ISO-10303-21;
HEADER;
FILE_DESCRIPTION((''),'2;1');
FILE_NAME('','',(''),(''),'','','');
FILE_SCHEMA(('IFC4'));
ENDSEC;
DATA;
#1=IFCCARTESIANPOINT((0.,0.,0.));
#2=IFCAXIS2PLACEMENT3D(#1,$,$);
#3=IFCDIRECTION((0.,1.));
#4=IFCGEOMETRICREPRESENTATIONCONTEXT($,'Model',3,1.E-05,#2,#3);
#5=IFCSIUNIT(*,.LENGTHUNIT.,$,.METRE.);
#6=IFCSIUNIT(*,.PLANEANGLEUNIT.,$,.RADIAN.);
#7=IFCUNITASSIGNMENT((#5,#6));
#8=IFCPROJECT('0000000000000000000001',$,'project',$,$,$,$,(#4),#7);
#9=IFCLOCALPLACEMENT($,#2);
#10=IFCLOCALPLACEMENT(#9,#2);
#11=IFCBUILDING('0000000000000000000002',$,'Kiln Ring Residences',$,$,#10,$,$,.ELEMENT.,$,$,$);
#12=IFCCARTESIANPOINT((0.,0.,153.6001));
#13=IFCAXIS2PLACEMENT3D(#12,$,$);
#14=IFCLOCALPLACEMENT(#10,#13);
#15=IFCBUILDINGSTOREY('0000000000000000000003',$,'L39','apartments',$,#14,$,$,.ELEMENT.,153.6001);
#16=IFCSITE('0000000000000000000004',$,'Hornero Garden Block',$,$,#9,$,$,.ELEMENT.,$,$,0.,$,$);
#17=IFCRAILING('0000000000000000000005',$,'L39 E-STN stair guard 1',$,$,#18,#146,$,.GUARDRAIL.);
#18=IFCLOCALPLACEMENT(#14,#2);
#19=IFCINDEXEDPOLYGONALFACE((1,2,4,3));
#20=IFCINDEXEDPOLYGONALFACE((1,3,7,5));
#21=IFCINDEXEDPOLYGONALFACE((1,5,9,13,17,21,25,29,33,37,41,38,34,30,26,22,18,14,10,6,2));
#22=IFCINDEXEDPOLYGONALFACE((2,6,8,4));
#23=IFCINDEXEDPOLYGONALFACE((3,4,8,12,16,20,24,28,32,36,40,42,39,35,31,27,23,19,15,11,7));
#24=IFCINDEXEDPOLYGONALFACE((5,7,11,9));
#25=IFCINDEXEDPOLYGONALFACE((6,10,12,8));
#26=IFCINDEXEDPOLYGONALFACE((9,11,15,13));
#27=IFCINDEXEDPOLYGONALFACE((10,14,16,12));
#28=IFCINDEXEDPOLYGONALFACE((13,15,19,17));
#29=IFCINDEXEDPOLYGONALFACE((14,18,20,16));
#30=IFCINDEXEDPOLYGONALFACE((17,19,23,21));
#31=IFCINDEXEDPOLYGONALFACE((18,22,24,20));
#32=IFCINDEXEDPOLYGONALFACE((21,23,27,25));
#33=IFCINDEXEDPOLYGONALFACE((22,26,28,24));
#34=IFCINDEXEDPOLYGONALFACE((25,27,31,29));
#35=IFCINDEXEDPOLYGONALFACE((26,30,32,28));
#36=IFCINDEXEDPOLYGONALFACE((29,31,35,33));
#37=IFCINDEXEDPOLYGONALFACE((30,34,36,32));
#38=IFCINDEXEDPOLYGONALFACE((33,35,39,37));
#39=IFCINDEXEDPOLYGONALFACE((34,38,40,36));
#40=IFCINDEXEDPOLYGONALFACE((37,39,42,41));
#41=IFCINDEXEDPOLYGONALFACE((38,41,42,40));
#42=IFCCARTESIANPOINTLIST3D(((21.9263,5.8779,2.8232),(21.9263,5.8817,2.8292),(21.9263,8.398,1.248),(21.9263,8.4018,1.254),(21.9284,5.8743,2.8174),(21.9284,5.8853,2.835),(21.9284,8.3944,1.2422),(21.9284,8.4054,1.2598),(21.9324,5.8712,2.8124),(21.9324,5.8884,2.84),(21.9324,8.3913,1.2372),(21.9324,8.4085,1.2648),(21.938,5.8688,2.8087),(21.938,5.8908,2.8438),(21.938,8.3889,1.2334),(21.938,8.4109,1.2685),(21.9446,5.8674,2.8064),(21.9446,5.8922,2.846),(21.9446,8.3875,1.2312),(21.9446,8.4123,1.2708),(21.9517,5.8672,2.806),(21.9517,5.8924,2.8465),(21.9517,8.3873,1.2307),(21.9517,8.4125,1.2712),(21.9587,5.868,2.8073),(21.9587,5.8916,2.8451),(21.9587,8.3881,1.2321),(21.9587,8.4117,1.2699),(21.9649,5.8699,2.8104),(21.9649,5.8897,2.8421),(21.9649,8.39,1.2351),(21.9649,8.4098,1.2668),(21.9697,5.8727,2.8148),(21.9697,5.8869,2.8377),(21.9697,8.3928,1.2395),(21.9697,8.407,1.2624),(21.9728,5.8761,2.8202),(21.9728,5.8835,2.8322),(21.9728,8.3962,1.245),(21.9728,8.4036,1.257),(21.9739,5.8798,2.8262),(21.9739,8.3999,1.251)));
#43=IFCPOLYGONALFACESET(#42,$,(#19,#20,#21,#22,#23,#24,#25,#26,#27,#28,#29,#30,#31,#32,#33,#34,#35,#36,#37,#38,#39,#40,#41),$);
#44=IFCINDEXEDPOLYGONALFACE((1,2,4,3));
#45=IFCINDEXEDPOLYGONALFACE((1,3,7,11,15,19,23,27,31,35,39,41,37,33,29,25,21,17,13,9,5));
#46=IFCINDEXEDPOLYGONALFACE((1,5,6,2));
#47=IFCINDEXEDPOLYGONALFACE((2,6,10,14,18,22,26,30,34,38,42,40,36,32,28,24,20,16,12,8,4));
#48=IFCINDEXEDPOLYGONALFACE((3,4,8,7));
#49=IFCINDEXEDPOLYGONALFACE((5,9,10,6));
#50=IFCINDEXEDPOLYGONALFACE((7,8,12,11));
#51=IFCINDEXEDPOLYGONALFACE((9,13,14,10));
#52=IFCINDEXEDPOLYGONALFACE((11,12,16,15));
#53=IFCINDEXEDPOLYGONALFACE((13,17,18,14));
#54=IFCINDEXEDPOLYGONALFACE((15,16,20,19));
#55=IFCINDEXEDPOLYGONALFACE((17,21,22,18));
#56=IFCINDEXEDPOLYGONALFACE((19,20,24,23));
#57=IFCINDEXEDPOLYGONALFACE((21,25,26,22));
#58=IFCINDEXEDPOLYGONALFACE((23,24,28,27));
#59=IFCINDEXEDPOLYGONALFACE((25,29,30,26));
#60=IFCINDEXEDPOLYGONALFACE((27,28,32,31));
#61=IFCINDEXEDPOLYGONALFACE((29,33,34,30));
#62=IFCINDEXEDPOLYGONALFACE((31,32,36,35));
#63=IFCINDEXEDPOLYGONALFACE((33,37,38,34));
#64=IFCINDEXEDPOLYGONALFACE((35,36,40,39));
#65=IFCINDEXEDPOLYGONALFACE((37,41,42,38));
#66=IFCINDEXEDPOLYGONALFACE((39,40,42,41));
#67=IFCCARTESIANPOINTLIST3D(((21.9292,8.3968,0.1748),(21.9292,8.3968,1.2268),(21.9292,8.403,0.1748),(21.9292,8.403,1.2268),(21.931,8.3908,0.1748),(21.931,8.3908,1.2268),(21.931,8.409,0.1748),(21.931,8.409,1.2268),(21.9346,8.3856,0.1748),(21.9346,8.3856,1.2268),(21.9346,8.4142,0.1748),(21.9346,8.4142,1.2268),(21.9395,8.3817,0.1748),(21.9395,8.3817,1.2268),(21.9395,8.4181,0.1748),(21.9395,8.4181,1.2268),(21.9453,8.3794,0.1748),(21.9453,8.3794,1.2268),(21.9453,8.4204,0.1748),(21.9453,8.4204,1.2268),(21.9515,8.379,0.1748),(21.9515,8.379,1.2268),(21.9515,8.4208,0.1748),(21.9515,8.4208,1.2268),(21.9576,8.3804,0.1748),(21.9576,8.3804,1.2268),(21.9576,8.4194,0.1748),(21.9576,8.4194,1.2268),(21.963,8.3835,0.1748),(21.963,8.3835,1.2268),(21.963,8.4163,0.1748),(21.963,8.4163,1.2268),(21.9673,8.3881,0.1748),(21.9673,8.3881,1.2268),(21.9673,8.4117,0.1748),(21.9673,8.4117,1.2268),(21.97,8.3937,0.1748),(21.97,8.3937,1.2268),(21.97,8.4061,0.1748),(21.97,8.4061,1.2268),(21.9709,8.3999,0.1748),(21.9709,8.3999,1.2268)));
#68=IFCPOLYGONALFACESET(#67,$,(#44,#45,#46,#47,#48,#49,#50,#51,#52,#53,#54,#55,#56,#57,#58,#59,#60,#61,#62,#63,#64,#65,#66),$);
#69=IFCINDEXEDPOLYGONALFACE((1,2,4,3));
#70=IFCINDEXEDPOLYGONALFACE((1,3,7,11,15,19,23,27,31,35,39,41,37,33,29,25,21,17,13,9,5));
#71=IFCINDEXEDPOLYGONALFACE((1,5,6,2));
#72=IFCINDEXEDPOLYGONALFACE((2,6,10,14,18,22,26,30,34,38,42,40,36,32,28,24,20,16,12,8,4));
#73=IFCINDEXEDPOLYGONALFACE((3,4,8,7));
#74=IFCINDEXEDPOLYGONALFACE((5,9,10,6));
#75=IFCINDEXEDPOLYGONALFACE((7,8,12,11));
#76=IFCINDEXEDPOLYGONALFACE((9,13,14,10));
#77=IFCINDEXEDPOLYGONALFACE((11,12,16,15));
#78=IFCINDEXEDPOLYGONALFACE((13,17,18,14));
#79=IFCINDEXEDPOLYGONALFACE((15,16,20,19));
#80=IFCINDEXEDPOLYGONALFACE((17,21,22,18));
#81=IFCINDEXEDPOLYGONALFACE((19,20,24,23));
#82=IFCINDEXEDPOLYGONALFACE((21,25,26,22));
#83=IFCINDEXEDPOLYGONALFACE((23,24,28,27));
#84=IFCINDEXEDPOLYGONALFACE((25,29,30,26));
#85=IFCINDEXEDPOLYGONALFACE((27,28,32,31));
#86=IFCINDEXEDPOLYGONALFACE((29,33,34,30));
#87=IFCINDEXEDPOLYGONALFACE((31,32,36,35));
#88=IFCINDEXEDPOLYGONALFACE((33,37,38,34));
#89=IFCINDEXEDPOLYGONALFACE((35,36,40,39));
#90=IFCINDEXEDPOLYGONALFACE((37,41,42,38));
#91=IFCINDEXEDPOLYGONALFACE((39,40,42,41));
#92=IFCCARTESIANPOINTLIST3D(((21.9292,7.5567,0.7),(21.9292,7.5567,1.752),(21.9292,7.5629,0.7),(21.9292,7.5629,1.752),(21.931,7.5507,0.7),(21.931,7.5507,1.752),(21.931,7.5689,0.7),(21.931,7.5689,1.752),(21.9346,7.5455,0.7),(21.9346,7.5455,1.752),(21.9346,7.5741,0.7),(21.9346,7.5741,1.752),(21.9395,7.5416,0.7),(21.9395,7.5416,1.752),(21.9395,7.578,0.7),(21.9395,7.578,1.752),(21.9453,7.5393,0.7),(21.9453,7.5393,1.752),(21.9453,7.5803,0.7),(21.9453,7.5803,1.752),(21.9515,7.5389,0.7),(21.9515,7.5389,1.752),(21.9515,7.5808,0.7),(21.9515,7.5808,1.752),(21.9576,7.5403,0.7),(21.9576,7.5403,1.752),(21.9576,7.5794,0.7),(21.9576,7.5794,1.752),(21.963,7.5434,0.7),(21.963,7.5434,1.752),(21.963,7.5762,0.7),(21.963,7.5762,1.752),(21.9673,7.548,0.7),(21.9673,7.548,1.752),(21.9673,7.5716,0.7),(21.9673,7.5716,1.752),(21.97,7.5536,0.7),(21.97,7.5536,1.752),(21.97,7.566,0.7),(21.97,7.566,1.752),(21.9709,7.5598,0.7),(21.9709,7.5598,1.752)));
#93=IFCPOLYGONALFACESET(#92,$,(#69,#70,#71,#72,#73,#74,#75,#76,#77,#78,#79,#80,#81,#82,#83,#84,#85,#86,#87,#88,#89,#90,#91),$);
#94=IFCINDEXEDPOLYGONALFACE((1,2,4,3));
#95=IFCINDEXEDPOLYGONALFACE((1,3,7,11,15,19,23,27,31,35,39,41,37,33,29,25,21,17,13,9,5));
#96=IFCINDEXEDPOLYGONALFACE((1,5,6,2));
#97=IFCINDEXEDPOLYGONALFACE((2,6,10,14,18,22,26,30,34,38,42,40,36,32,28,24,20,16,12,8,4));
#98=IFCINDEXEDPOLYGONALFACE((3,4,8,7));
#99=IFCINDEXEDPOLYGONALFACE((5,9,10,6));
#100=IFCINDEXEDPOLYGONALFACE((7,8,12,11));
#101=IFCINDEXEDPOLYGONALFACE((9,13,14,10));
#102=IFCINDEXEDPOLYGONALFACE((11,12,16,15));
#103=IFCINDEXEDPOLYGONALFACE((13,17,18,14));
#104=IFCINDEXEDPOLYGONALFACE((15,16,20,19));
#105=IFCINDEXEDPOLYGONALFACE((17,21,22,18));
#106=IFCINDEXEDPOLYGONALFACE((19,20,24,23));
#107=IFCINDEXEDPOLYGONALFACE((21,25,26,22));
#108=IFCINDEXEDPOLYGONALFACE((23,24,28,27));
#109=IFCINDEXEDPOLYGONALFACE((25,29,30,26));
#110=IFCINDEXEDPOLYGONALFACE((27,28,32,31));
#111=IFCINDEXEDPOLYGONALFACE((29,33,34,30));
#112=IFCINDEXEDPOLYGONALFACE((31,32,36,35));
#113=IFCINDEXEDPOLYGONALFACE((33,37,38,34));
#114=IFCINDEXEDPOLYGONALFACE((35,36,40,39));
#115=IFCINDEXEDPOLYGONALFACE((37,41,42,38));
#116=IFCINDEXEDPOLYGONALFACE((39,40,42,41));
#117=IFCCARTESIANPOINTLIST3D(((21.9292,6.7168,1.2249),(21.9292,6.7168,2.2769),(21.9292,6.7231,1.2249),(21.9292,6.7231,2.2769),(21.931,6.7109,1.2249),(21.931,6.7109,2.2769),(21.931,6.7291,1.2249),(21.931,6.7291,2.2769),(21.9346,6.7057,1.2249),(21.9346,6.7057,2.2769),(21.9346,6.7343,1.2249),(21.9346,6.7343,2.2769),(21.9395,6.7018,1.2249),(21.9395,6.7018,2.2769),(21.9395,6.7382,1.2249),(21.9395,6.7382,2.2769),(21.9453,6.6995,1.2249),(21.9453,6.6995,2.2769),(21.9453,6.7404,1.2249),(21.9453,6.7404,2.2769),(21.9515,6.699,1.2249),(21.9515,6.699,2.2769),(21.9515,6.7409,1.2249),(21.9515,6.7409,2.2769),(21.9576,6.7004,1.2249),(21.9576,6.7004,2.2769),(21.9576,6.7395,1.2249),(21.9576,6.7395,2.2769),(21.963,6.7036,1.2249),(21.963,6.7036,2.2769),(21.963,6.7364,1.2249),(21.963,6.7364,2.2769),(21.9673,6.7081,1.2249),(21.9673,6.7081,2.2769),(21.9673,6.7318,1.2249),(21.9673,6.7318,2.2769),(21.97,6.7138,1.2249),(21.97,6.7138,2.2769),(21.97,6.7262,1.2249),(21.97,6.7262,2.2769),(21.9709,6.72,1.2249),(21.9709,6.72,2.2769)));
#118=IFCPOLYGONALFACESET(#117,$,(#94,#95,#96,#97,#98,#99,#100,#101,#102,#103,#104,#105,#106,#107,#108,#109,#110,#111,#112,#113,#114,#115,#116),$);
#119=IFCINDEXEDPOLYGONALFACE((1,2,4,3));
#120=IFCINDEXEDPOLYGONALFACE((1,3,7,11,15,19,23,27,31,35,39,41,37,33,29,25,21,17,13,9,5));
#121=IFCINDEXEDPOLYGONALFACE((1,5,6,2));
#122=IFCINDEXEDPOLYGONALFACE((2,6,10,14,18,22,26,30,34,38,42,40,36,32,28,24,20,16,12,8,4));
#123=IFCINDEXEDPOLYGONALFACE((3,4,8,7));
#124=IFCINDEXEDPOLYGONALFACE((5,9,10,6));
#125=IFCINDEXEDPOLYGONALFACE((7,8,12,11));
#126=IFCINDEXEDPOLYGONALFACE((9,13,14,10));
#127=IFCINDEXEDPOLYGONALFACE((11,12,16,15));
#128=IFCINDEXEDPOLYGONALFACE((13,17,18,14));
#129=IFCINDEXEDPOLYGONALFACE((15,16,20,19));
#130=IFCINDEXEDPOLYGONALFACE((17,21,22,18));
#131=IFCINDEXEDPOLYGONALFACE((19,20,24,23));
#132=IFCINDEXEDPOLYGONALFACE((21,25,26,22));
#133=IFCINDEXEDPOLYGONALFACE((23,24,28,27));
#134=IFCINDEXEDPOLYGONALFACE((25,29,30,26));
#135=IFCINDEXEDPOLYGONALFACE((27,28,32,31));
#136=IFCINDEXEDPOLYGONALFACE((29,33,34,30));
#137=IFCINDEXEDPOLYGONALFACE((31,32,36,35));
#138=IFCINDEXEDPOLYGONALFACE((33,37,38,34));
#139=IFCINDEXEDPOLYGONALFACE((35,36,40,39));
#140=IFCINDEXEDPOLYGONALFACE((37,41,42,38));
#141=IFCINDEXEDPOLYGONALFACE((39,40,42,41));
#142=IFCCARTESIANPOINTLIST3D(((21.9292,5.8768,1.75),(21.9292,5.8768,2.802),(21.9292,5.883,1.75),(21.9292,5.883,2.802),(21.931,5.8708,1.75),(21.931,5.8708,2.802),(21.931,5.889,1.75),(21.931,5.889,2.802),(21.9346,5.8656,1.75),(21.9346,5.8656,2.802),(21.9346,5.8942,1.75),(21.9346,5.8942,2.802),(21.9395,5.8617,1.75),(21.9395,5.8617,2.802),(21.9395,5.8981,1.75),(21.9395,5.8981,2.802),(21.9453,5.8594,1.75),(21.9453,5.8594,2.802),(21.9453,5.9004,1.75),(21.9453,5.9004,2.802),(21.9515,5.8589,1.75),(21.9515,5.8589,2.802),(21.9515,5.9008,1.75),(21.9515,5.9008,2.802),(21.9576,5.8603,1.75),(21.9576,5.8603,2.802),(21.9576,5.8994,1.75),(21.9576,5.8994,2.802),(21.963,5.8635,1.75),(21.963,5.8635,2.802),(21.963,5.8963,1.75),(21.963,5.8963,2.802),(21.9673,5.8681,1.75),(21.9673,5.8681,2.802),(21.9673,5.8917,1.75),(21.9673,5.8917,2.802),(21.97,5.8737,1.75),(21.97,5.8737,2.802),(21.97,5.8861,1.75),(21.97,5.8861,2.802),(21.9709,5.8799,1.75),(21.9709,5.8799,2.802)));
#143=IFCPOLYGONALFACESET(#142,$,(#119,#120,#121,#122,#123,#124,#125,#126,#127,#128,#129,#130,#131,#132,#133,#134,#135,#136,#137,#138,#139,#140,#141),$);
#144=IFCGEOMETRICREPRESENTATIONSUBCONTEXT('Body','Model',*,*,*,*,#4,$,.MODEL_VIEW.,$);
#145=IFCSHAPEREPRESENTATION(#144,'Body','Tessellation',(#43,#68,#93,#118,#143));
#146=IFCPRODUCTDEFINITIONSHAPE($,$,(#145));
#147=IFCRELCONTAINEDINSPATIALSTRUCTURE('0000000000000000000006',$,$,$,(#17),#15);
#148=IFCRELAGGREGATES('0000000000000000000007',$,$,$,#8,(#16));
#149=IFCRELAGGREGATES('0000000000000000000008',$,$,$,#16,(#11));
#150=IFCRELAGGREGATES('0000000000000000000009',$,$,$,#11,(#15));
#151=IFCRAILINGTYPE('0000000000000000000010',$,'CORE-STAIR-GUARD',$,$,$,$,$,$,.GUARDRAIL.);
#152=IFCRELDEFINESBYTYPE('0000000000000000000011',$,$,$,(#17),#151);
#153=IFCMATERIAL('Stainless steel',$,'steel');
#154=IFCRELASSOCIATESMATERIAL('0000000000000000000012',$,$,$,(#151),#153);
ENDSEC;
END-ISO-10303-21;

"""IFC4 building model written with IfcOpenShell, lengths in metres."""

from ifc_helpers import new_model, si_unit, direction, frame, origin, origin_2d, place, context, subcontext, project, spatial, circle, extrude, material, type_object, element, save


model = new_model("IFC4")

# Units and contexts
model_context = context("Model", 3, precision=1e-05, world=origin(), true_north=direction((0.0, 1.0)))
body_context = subcontext(model_context, "Body", "Model", "MODEL_VIEW")
ifc_project = project(units=[si_unit("LENGTHUNIT", "METRE"), si_unit("PLANEANGLEUNIT", "RADIAN")], contexts=[model_context])

# Site, building, storey
site_placement = place(None, origin())
site = spatial("IfcSite", under=ifc_project, at=site_placement, Name="Hornero Garden Block", CompositionType="ELEMENT", RefElevation=0.0)
building_placement = place(site_placement, origin())
building = spatial("IfcBuilding", under=site, at=building_placement, Name="Kiln Ring Residences", CompositionType="ELEMENT")
storey_placement = place(building_placement, frame((0.0, 0.0, 153.6001)))
storey = spatial("IfcBuildingStorey", under=building, at=storey_placement, Name="L39", Description="apartments", CompositionType="ELEMENT", Elevation=153.6001)

# Railing
ifc_material_1 = material(Name="Stainless steel", Category="steel")
railing_type_1 = type_object("IfcRailingType", Name="CORE-STAIR-GUARD", PredefinedType="GUARDRAIL", material=ifc_material_1)
railing_1_placement = place(storey_placement, frame((21.95, 8.3999, 0.1748)))
element("IfcRailing", 1, at=railing_1_placement, inside=storey, type_object=railing_type_1, Name="L39 E-STN stair guard 1", PredefinedType="GUARDRAIL", context=body_context, shape_type="SweptSolid", body=[
    extrude(circle(Radius=0.0239, at=origin_2d()), frame((0.0, 0.0, 1.0762), z_axis=(0.0, -0.847971, 0.530043), x_axis=(1.0, 0.0, 0.0)), (0.0, 0.0, 1.0), 2.9719),
    extrude(circle(Radius=0.021, at=origin_2d()), origin(), (0.0, 0.0, 1.0), 1.052),
    extrude(circle(Radius=0.021, at=origin_2d()), frame((0.0, -0.8401, 0.5251)), (0.0, 0.0, 1.0), 1.052),
    extrude(circle(Radius=0.021, at=origin_2d()), frame((0.0, -1.6799, 1.05)), (0.0, 0.0, 1.0), 1.052),
    extrude(circle(Radius=0.021, at=origin_2d()), frame((0.0, -2.52, 1.5752)), (0.0, 0.0, 1.0), 1.052),
])

save(model, "model.ifc")
